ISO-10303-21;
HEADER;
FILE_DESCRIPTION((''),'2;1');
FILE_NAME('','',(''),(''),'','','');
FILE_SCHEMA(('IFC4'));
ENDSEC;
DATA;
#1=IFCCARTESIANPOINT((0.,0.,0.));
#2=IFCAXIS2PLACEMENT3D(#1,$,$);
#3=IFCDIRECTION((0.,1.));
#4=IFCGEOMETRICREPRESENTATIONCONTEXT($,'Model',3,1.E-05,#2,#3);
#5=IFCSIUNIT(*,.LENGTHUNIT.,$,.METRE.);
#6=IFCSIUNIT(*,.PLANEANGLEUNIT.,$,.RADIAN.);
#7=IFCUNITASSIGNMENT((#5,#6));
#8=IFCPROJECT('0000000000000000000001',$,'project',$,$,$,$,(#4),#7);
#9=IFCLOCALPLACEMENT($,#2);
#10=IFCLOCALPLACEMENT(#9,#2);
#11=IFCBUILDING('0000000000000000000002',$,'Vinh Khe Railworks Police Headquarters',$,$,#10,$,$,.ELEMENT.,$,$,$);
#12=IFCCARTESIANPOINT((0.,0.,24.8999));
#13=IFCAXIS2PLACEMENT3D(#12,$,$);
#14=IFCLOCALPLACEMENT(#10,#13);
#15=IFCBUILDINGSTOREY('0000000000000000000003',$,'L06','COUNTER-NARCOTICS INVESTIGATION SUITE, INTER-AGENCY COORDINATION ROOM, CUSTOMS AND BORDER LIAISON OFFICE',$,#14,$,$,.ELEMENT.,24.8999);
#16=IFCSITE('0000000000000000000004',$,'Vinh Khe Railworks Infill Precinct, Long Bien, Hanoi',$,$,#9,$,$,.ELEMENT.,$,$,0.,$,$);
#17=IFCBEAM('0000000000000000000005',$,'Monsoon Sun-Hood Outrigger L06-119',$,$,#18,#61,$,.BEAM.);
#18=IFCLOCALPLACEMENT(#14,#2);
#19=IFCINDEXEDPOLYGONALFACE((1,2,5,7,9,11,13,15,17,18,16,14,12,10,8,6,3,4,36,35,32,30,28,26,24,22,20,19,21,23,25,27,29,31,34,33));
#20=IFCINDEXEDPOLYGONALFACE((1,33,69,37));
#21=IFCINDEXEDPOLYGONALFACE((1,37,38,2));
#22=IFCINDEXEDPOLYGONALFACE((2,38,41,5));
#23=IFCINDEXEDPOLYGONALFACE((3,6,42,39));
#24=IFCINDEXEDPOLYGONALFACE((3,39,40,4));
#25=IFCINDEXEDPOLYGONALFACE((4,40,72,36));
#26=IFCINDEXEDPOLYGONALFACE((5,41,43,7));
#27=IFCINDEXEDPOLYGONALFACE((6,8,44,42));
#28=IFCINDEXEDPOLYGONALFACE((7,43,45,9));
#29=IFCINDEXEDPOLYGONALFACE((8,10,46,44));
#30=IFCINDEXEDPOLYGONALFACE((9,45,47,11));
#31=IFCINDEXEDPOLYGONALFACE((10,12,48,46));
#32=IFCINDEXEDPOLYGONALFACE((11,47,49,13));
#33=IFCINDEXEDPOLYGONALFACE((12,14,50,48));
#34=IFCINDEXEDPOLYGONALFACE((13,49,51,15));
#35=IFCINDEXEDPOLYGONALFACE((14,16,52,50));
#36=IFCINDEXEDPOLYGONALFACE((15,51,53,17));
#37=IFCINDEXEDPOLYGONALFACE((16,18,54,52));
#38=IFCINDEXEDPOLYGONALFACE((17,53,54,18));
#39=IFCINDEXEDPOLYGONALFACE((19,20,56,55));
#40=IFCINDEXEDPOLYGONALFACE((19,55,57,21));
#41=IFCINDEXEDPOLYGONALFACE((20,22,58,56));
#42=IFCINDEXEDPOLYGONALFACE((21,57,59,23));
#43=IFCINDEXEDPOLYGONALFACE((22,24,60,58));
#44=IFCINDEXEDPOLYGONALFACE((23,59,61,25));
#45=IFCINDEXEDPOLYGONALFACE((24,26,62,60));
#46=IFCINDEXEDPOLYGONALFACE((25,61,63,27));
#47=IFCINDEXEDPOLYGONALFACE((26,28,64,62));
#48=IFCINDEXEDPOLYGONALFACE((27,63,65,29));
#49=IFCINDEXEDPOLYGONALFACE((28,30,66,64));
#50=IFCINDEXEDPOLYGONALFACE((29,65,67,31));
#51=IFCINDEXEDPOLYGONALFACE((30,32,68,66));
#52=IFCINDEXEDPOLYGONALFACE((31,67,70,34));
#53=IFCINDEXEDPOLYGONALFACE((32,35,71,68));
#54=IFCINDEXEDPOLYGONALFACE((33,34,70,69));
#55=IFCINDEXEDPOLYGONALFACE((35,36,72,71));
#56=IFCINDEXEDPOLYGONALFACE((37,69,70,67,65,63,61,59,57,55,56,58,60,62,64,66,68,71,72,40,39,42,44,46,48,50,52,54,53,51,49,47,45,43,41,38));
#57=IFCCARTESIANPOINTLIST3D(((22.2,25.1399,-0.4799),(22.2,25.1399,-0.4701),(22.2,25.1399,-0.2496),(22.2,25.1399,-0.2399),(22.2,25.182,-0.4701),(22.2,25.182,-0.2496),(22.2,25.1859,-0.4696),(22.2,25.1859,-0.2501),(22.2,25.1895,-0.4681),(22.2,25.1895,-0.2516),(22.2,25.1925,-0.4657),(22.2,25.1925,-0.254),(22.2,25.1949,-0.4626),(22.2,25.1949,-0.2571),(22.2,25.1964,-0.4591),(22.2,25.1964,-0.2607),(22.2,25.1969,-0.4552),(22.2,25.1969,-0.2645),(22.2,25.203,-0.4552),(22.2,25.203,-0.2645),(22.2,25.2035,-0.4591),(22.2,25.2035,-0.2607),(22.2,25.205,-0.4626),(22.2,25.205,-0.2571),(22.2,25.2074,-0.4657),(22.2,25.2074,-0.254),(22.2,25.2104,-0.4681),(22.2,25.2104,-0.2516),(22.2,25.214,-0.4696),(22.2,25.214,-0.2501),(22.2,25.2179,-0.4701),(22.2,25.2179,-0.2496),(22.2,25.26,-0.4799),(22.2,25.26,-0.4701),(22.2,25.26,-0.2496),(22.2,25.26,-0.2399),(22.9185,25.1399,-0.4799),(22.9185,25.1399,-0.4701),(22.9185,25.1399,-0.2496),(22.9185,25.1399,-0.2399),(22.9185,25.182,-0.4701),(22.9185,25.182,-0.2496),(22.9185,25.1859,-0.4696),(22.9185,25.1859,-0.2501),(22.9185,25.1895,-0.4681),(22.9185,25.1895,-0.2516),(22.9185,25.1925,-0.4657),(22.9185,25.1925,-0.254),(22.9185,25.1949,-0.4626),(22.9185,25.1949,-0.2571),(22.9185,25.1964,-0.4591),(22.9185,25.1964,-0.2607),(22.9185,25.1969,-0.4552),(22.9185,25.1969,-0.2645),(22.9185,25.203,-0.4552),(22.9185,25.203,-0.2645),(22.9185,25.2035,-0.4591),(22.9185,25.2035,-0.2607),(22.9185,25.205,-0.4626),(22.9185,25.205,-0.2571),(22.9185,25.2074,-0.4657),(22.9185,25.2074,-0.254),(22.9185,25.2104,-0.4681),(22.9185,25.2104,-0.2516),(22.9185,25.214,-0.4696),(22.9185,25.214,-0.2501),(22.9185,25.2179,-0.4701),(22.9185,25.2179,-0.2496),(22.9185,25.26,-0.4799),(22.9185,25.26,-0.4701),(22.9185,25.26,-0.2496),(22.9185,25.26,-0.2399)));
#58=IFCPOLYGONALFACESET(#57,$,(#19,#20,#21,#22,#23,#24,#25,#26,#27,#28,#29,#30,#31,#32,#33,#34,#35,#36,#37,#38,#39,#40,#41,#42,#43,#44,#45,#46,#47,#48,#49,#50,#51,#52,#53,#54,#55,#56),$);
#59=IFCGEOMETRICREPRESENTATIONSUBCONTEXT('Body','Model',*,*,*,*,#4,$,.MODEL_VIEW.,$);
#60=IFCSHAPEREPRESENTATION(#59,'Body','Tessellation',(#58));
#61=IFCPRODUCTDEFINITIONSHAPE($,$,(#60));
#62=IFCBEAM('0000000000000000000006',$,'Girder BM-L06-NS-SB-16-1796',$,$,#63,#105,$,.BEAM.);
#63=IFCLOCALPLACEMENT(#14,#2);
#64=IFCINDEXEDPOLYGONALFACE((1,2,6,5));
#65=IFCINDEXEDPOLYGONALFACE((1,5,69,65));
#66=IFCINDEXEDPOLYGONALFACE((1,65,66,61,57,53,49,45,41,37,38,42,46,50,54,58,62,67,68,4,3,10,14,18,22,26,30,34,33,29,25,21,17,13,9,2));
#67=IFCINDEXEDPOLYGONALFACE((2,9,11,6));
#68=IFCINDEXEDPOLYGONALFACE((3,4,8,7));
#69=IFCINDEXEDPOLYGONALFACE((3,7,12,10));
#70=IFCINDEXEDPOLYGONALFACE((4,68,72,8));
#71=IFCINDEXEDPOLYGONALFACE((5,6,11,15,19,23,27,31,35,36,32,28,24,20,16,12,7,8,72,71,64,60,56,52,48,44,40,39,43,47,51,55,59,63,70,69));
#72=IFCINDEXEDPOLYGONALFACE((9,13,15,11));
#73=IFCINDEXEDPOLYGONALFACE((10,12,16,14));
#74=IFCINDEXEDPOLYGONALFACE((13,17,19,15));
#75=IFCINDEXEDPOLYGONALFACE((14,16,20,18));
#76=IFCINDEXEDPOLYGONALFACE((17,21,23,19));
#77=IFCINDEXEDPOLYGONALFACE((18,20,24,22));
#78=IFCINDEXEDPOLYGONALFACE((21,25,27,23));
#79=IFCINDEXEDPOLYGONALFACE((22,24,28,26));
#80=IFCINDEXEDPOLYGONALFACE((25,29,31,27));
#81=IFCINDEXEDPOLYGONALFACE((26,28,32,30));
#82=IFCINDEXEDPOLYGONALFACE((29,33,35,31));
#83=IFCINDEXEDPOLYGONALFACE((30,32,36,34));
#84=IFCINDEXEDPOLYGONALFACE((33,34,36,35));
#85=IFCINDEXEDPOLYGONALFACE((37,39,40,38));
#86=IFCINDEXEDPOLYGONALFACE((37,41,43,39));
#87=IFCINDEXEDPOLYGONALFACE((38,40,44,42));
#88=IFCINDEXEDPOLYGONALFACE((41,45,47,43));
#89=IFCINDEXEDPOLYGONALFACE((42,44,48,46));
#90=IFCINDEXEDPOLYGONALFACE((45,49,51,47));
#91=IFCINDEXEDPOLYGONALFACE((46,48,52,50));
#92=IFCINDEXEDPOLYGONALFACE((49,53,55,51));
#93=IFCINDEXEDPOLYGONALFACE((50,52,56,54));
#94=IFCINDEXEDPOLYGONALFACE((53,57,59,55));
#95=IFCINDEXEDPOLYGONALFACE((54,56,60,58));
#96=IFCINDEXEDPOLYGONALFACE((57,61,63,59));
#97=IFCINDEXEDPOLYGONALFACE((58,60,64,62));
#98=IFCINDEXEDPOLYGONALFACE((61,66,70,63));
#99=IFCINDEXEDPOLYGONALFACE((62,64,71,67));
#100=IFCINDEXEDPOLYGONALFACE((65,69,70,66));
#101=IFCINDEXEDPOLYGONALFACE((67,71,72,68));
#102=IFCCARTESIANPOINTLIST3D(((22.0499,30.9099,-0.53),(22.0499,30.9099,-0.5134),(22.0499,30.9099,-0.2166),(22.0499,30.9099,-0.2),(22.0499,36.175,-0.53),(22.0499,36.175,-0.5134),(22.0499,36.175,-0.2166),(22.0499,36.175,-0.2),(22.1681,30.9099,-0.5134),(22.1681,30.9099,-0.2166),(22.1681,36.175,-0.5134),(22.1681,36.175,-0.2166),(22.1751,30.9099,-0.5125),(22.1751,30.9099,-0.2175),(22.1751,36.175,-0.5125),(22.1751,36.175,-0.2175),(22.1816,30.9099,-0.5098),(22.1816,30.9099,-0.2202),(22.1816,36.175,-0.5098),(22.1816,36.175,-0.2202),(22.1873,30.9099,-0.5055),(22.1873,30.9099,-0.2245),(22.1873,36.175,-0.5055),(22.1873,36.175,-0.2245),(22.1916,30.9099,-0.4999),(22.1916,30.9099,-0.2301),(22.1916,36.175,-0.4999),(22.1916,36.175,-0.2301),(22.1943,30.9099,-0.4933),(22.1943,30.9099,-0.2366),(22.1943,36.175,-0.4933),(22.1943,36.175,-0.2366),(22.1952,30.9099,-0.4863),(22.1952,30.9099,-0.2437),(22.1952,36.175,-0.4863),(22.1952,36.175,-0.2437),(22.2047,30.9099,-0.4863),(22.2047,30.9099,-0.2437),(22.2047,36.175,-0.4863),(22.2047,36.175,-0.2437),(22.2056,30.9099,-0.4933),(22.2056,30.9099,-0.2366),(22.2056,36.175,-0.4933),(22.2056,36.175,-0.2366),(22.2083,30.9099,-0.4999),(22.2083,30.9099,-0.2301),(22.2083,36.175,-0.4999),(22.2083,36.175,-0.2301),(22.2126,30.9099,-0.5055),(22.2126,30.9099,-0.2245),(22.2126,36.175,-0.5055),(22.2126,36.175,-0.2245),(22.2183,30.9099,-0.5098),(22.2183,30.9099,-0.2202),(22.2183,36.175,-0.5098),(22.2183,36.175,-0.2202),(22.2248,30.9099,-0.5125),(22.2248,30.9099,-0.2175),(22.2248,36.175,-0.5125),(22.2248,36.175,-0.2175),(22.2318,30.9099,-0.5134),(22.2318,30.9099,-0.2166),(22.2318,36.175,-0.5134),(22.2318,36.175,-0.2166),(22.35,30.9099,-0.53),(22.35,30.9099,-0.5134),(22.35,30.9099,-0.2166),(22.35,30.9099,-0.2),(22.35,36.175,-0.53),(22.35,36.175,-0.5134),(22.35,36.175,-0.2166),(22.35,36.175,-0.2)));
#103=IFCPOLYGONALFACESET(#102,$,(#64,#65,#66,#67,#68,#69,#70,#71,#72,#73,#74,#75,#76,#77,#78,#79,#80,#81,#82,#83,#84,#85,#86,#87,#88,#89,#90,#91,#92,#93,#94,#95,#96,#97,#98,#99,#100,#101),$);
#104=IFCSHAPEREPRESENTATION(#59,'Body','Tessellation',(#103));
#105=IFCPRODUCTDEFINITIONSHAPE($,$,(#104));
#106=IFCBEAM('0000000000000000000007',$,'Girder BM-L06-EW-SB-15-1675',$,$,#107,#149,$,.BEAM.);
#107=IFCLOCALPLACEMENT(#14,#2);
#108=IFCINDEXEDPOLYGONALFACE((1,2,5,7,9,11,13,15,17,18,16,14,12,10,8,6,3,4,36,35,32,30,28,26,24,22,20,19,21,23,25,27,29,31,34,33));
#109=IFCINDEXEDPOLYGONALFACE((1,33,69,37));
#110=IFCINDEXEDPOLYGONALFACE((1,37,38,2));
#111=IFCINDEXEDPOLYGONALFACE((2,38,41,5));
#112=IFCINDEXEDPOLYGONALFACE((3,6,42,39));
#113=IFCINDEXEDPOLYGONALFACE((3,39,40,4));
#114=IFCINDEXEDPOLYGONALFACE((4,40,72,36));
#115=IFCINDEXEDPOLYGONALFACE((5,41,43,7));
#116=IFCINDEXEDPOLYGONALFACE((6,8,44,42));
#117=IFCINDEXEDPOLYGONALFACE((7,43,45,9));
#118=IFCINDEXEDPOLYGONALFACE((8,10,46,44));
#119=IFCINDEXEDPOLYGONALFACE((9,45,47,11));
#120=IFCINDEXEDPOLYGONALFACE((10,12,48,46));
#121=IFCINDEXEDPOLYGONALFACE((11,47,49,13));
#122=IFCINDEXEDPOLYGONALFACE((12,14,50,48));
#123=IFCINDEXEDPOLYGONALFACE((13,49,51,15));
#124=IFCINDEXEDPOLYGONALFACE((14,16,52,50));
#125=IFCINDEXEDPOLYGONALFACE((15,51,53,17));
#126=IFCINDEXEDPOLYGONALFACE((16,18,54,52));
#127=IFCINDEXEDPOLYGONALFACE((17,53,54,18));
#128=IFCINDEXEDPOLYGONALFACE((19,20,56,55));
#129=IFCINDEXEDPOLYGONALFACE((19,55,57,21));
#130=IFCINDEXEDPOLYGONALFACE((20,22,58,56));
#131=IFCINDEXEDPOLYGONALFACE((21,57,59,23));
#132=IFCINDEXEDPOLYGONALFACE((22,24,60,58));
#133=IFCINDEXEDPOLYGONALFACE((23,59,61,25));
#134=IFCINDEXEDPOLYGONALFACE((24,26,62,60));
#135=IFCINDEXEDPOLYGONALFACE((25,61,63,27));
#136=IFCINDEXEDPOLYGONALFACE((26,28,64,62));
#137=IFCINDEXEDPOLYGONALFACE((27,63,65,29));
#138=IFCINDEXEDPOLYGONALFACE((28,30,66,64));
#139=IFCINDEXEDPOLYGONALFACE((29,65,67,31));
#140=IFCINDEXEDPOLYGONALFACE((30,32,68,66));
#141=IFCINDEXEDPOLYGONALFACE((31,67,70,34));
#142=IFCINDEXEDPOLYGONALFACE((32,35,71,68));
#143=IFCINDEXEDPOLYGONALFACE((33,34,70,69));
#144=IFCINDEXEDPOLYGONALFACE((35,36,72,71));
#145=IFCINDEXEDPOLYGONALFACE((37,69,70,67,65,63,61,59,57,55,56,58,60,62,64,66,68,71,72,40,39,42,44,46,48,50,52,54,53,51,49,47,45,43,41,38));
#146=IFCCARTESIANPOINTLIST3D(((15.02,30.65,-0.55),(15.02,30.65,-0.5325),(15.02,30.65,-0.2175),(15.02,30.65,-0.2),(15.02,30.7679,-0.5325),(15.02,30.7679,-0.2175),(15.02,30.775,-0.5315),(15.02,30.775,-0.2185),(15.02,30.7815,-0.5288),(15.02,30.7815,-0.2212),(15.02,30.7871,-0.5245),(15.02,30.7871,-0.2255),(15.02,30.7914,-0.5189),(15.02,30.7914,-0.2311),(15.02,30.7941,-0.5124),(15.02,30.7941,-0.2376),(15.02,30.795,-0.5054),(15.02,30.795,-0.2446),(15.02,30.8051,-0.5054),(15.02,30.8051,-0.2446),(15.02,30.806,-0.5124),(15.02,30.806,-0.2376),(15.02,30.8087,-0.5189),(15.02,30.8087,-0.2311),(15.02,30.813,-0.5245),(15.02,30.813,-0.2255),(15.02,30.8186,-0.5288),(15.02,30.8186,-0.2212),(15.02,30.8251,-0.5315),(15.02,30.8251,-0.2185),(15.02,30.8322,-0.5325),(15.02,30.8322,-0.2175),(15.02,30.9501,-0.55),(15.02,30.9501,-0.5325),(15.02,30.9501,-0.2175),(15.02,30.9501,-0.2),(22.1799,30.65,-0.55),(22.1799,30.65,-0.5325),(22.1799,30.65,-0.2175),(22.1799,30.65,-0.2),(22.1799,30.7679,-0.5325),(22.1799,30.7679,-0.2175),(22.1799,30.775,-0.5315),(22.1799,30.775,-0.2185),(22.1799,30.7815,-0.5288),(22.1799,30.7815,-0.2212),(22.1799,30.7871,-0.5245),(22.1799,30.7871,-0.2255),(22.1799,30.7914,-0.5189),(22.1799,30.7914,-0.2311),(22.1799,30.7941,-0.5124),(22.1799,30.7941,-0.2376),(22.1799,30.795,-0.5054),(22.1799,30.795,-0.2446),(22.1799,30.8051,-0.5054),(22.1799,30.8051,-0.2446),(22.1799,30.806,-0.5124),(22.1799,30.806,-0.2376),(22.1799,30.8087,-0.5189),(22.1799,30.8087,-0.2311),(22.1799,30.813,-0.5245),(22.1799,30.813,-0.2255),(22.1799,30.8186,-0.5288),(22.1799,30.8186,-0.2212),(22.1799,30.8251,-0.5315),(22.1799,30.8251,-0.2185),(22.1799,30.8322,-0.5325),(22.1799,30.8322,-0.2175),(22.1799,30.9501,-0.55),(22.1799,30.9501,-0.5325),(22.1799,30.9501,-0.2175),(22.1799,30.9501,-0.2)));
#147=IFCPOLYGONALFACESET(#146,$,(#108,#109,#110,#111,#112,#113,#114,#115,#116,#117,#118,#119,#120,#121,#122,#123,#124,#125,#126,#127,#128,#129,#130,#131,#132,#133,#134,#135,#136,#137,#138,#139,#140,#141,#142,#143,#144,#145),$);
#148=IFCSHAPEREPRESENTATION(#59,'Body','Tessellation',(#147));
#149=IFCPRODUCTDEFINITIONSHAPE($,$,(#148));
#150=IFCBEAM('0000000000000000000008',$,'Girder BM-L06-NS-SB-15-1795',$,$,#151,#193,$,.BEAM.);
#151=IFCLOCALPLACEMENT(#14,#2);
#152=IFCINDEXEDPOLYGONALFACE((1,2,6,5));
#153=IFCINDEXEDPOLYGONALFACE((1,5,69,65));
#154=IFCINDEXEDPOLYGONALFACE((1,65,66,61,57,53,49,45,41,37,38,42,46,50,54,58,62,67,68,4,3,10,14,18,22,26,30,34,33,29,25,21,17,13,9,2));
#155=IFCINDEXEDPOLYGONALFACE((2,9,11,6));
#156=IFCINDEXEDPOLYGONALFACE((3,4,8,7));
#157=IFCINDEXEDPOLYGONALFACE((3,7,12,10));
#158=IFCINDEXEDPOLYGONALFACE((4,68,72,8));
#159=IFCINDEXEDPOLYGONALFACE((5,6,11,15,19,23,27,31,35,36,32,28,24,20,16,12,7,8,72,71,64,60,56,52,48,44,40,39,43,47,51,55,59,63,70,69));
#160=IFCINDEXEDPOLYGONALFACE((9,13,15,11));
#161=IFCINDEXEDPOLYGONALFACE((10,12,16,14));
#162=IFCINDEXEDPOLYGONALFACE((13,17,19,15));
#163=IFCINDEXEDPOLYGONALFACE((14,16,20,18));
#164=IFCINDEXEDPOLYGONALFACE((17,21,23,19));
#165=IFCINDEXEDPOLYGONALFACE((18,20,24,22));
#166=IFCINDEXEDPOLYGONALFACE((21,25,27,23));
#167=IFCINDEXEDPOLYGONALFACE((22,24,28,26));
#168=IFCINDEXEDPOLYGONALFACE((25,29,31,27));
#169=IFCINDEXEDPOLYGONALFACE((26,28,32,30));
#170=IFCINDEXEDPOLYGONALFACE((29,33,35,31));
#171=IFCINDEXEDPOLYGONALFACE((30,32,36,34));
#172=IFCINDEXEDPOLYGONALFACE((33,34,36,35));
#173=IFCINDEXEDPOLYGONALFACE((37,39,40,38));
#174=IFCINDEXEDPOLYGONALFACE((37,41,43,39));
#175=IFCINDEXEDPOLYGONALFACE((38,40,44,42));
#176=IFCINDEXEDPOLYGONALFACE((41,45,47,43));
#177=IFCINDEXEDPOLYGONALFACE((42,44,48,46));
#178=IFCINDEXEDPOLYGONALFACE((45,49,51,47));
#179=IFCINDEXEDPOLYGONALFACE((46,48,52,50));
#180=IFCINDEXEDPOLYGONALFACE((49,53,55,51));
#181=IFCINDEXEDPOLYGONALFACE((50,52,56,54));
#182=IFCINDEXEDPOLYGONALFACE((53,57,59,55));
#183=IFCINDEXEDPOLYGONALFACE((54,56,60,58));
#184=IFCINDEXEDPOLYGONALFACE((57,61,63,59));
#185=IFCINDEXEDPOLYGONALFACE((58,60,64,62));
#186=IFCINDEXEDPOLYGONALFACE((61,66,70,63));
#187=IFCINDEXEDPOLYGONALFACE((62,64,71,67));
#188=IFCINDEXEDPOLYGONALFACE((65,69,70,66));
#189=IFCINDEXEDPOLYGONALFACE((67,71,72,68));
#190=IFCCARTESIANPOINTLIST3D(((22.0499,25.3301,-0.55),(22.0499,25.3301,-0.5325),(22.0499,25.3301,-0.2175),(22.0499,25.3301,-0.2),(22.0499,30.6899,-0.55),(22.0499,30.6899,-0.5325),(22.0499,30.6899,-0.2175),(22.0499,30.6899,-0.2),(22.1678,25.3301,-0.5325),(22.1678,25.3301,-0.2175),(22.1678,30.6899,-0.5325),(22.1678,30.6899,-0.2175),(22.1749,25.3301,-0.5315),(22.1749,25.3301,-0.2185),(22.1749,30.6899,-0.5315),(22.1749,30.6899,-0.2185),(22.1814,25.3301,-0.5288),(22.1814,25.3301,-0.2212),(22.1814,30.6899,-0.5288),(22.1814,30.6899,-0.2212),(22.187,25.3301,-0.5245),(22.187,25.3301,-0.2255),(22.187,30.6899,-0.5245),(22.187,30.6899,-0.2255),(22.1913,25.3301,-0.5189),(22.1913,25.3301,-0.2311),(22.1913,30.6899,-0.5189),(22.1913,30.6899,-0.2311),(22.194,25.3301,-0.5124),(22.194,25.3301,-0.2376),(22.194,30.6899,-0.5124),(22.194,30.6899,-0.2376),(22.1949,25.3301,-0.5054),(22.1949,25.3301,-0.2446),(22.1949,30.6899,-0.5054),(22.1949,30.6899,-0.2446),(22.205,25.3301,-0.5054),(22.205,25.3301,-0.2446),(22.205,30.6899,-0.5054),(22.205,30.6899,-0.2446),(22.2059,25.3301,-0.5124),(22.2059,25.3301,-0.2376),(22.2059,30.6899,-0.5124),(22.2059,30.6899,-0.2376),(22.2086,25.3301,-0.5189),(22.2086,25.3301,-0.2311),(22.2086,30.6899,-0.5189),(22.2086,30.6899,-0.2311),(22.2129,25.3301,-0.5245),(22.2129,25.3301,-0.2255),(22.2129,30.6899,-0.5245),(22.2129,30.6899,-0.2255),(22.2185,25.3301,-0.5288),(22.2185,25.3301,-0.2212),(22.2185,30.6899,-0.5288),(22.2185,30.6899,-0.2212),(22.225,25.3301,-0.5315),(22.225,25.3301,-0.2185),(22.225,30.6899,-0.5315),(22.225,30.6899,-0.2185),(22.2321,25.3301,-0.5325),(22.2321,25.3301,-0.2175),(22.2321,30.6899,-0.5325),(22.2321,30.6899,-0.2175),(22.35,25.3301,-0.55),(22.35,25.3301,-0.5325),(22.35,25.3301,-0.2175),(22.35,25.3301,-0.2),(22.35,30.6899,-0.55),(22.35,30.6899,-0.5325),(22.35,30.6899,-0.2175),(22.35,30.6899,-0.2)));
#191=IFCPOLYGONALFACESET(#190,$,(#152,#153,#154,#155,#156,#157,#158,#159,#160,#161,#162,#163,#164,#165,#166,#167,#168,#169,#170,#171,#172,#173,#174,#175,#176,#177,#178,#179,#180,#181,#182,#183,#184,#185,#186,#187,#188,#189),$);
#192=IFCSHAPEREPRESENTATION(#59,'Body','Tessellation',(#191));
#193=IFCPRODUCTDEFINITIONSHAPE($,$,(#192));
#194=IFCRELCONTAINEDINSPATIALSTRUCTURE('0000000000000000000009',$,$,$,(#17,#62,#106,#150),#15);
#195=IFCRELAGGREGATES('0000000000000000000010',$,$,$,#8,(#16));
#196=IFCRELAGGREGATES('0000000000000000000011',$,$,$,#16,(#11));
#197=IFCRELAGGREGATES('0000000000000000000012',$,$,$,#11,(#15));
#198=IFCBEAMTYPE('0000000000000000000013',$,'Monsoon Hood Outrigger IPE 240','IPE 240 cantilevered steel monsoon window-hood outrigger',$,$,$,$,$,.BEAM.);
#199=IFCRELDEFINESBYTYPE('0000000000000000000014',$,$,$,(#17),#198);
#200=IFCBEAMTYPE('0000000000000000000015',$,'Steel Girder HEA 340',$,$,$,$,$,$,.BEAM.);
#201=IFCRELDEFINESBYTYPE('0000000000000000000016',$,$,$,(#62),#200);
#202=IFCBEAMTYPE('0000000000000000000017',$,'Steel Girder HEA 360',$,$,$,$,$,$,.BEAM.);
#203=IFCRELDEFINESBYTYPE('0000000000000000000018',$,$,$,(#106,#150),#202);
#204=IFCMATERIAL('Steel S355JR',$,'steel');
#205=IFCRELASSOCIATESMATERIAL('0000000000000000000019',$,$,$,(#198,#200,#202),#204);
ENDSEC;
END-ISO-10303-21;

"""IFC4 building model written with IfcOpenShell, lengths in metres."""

from ifc_helpers import new_model, si_unit, direction, frame, origin, origin_2d, place, context, subcontext, project, spatial, i_section, extrude, material, material_profile, profile_set, type_object, element, save


model = new_model("IFC4")

# Units and contexts
model_context = context("Model", 3, precision=1e-05, world=origin(), true_north=direction((0.0, 1.0)))
body_context = subcontext(model_context, "Body", "Model", "MODEL_VIEW")
ifc_project = project(units=[si_unit("LENGTHUNIT", "METRE"), si_unit("PLANEANGLEUNIT", "RADIAN")], contexts=[model_context])

# Site, building, storey
site_placement = place(None, origin())
site = spatial("IfcSite", under=ifc_project, at=site_placement, Name="Vinh Khe Railworks Infill Precinct, Long Bien, Hanoi", CompositionType="ELEMENT", RefElevation=0.0)
building_placement = place(site_placement, origin())
building = spatial("IfcBuilding", under=site, at=building_placement, Name="Vinh Khe Railworks Police Headquarters", CompositionType="ELEMENT")
storey_placement = place(building_placement, frame((0.0, 0.0, 24.8999)))
storey = spatial("IfcBuildingStorey", under=building, at=storey_placement, Name="L06", Description="COUNTER-NARCOTICS INVESTIGATION SUITE, INTER-AGENCY COORDINATION ROOM, CUSTOMS AND BORDER LIAISON OFFICE", CompositionType="ELEMENT", Elevation=24.8999)

# Shared definitions
ifc_material_1 = material(Name="Steel S355JR", Category="steel")

# Beams
ifc_material_profile_1 = material_profile(ifc_material_1, i_section(OverallWidth=0.1201, OverallDepth=0.24, WebThickness=0.0061, FlangeThickness=0.0098, FilletRadius=0.0149, at=origin_2d()), Name="IPE 240")
ifc_profile_set_1 = profile_set([ifc_material_profile_1], Name="Steel S355JR")
beam_type_1 = type_object("IfcBeamType", Name="Monsoon Hood Outrigger IPE 240", Description="IPE 240 cantilevered steel monsoon window-hood outrigger", PredefinedType="BEAM", material=ifc_profile_set_1)
beam_1_placement = place(storey_placement, frame((22.2, 25.2, -0.3599), z_axis=(1.0, 0.0, 0.0), x_axis=(0.0, 1.0, 0.0)))
element("IfcBeam", 1, at=beam_1_placement, inside=storey, type_object=beam_type_1, Name="Monsoon Sun-Hood Outrigger L06-119", PredefinedType="BEAM", context=body_context, shape_type="SweptSolid", body=[
    extrude(i_section(OverallWidth=0.1201, OverallDepth=0.24, WebThickness=0.0061, FlangeThickness=0.0098, FilletRadius=0.0149, at=origin_2d()), origin(), (0.0, 0.0, 1.0), 0.7185),
])
ifc_material_profile_2 = material_profile(ifc_material_1, i_section(OverallWidth=0.3, OverallDepth=0.3301, WebThickness=0.0095, FlangeThickness=0.0166, FilletRadius=0.0271, at=origin_2d()), Name="HEA 340")
ifc_profile_set_2 = profile_set([ifc_material_profile_2], Name="Steel S355JR")
beam_type_2 = type_object("IfcBeamType", Name="Steel Girder HEA 340", PredefinedType="BEAM", material=ifc_profile_set_2)
beam_2_placement = place(storey_placement, frame((22.2, 30.9099, -0.365), z_axis=(0.0, 1.0, 0.0), x_axis=(-1.0, 0.0, 0.0)))
element("IfcBeam", 2, at=beam_2_placement, inside=storey, type_object=beam_type_2, Name="Girder BM-L06-NS-SB-16-1796", PredefinedType="BEAM", context=body_context, shape_type="SweptSolid", body=[
    extrude(i_section(OverallWidth=0.3, OverallDepth=0.3301, WebThickness=0.0095, FlangeThickness=0.0166, FilletRadius=0.0271, at=origin_2d()), origin(), (0.0, 0.0, 1.0), 5.2651),
])
ifc_material_profile_3 = material_profile(ifc_material_1, i_section(OverallWidth=0.3, OverallDepth=0.3501, WebThickness=0.01, FlangeThickness=0.0176, FilletRadius=0.0271, at=origin_2d()), Name="HEA 360")
ifc_profile_set_3 = profile_set([ifc_material_profile_3], Name="Steel S355JR")
beam_type_3 = type_object("IfcBeamType", Name="Steel Girder HEA 360", PredefinedType="BEAM", material=ifc_profile_set_3)
beam_3_placement = place(storey_placement, frame((15.02, 30.8, -0.375), z_axis=(1.0, 0.0, 0.0), x_axis=(0.0, 1.0, 0.0)))
element("IfcBeam", 3, at=beam_3_placement, inside=storey, type_object=beam_type_3, Name="Girder BM-L06-EW-SB-15-1675", PredefinedType="BEAM", context=body_context, shape_type="SweptSolid", body=[
    extrude(i_section(OverallWidth=0.3, OverallDepth=0.3501, WebThickness=0.01, FlangeThickness=0.0176, FilletRadius=0.0271, at=origin_2d()), origin(), (0.0, 0.0, 1.0), 7.1599),
])
beam_4_placement = place(storey_placement, frame((22.2, 25.3301, -0.375), z_axis=(0.0, 1.0, 0.0), x_axis=(-1.0, 0.0, 0.0)))
element("IfcBeam", 4, at=beam_4_placement, inside=storey, type_object=beam_type_3, Name="Girder BM-L06-NS-SB-15-1795", PredefinedType="BEAM", context=body_context, shape_type="SweptSolid", body=[
    extrude(i_section(OverallWidth=0.3, OverallDepth=0.3501, WebThickness=0.01, FlangeThickness=0.0176, FilletRadius=0.0271, at=origin_2d()), origin(), (0.0, 0.0, 1.0), 5.3599),
])

save(model, "model.ifc")
